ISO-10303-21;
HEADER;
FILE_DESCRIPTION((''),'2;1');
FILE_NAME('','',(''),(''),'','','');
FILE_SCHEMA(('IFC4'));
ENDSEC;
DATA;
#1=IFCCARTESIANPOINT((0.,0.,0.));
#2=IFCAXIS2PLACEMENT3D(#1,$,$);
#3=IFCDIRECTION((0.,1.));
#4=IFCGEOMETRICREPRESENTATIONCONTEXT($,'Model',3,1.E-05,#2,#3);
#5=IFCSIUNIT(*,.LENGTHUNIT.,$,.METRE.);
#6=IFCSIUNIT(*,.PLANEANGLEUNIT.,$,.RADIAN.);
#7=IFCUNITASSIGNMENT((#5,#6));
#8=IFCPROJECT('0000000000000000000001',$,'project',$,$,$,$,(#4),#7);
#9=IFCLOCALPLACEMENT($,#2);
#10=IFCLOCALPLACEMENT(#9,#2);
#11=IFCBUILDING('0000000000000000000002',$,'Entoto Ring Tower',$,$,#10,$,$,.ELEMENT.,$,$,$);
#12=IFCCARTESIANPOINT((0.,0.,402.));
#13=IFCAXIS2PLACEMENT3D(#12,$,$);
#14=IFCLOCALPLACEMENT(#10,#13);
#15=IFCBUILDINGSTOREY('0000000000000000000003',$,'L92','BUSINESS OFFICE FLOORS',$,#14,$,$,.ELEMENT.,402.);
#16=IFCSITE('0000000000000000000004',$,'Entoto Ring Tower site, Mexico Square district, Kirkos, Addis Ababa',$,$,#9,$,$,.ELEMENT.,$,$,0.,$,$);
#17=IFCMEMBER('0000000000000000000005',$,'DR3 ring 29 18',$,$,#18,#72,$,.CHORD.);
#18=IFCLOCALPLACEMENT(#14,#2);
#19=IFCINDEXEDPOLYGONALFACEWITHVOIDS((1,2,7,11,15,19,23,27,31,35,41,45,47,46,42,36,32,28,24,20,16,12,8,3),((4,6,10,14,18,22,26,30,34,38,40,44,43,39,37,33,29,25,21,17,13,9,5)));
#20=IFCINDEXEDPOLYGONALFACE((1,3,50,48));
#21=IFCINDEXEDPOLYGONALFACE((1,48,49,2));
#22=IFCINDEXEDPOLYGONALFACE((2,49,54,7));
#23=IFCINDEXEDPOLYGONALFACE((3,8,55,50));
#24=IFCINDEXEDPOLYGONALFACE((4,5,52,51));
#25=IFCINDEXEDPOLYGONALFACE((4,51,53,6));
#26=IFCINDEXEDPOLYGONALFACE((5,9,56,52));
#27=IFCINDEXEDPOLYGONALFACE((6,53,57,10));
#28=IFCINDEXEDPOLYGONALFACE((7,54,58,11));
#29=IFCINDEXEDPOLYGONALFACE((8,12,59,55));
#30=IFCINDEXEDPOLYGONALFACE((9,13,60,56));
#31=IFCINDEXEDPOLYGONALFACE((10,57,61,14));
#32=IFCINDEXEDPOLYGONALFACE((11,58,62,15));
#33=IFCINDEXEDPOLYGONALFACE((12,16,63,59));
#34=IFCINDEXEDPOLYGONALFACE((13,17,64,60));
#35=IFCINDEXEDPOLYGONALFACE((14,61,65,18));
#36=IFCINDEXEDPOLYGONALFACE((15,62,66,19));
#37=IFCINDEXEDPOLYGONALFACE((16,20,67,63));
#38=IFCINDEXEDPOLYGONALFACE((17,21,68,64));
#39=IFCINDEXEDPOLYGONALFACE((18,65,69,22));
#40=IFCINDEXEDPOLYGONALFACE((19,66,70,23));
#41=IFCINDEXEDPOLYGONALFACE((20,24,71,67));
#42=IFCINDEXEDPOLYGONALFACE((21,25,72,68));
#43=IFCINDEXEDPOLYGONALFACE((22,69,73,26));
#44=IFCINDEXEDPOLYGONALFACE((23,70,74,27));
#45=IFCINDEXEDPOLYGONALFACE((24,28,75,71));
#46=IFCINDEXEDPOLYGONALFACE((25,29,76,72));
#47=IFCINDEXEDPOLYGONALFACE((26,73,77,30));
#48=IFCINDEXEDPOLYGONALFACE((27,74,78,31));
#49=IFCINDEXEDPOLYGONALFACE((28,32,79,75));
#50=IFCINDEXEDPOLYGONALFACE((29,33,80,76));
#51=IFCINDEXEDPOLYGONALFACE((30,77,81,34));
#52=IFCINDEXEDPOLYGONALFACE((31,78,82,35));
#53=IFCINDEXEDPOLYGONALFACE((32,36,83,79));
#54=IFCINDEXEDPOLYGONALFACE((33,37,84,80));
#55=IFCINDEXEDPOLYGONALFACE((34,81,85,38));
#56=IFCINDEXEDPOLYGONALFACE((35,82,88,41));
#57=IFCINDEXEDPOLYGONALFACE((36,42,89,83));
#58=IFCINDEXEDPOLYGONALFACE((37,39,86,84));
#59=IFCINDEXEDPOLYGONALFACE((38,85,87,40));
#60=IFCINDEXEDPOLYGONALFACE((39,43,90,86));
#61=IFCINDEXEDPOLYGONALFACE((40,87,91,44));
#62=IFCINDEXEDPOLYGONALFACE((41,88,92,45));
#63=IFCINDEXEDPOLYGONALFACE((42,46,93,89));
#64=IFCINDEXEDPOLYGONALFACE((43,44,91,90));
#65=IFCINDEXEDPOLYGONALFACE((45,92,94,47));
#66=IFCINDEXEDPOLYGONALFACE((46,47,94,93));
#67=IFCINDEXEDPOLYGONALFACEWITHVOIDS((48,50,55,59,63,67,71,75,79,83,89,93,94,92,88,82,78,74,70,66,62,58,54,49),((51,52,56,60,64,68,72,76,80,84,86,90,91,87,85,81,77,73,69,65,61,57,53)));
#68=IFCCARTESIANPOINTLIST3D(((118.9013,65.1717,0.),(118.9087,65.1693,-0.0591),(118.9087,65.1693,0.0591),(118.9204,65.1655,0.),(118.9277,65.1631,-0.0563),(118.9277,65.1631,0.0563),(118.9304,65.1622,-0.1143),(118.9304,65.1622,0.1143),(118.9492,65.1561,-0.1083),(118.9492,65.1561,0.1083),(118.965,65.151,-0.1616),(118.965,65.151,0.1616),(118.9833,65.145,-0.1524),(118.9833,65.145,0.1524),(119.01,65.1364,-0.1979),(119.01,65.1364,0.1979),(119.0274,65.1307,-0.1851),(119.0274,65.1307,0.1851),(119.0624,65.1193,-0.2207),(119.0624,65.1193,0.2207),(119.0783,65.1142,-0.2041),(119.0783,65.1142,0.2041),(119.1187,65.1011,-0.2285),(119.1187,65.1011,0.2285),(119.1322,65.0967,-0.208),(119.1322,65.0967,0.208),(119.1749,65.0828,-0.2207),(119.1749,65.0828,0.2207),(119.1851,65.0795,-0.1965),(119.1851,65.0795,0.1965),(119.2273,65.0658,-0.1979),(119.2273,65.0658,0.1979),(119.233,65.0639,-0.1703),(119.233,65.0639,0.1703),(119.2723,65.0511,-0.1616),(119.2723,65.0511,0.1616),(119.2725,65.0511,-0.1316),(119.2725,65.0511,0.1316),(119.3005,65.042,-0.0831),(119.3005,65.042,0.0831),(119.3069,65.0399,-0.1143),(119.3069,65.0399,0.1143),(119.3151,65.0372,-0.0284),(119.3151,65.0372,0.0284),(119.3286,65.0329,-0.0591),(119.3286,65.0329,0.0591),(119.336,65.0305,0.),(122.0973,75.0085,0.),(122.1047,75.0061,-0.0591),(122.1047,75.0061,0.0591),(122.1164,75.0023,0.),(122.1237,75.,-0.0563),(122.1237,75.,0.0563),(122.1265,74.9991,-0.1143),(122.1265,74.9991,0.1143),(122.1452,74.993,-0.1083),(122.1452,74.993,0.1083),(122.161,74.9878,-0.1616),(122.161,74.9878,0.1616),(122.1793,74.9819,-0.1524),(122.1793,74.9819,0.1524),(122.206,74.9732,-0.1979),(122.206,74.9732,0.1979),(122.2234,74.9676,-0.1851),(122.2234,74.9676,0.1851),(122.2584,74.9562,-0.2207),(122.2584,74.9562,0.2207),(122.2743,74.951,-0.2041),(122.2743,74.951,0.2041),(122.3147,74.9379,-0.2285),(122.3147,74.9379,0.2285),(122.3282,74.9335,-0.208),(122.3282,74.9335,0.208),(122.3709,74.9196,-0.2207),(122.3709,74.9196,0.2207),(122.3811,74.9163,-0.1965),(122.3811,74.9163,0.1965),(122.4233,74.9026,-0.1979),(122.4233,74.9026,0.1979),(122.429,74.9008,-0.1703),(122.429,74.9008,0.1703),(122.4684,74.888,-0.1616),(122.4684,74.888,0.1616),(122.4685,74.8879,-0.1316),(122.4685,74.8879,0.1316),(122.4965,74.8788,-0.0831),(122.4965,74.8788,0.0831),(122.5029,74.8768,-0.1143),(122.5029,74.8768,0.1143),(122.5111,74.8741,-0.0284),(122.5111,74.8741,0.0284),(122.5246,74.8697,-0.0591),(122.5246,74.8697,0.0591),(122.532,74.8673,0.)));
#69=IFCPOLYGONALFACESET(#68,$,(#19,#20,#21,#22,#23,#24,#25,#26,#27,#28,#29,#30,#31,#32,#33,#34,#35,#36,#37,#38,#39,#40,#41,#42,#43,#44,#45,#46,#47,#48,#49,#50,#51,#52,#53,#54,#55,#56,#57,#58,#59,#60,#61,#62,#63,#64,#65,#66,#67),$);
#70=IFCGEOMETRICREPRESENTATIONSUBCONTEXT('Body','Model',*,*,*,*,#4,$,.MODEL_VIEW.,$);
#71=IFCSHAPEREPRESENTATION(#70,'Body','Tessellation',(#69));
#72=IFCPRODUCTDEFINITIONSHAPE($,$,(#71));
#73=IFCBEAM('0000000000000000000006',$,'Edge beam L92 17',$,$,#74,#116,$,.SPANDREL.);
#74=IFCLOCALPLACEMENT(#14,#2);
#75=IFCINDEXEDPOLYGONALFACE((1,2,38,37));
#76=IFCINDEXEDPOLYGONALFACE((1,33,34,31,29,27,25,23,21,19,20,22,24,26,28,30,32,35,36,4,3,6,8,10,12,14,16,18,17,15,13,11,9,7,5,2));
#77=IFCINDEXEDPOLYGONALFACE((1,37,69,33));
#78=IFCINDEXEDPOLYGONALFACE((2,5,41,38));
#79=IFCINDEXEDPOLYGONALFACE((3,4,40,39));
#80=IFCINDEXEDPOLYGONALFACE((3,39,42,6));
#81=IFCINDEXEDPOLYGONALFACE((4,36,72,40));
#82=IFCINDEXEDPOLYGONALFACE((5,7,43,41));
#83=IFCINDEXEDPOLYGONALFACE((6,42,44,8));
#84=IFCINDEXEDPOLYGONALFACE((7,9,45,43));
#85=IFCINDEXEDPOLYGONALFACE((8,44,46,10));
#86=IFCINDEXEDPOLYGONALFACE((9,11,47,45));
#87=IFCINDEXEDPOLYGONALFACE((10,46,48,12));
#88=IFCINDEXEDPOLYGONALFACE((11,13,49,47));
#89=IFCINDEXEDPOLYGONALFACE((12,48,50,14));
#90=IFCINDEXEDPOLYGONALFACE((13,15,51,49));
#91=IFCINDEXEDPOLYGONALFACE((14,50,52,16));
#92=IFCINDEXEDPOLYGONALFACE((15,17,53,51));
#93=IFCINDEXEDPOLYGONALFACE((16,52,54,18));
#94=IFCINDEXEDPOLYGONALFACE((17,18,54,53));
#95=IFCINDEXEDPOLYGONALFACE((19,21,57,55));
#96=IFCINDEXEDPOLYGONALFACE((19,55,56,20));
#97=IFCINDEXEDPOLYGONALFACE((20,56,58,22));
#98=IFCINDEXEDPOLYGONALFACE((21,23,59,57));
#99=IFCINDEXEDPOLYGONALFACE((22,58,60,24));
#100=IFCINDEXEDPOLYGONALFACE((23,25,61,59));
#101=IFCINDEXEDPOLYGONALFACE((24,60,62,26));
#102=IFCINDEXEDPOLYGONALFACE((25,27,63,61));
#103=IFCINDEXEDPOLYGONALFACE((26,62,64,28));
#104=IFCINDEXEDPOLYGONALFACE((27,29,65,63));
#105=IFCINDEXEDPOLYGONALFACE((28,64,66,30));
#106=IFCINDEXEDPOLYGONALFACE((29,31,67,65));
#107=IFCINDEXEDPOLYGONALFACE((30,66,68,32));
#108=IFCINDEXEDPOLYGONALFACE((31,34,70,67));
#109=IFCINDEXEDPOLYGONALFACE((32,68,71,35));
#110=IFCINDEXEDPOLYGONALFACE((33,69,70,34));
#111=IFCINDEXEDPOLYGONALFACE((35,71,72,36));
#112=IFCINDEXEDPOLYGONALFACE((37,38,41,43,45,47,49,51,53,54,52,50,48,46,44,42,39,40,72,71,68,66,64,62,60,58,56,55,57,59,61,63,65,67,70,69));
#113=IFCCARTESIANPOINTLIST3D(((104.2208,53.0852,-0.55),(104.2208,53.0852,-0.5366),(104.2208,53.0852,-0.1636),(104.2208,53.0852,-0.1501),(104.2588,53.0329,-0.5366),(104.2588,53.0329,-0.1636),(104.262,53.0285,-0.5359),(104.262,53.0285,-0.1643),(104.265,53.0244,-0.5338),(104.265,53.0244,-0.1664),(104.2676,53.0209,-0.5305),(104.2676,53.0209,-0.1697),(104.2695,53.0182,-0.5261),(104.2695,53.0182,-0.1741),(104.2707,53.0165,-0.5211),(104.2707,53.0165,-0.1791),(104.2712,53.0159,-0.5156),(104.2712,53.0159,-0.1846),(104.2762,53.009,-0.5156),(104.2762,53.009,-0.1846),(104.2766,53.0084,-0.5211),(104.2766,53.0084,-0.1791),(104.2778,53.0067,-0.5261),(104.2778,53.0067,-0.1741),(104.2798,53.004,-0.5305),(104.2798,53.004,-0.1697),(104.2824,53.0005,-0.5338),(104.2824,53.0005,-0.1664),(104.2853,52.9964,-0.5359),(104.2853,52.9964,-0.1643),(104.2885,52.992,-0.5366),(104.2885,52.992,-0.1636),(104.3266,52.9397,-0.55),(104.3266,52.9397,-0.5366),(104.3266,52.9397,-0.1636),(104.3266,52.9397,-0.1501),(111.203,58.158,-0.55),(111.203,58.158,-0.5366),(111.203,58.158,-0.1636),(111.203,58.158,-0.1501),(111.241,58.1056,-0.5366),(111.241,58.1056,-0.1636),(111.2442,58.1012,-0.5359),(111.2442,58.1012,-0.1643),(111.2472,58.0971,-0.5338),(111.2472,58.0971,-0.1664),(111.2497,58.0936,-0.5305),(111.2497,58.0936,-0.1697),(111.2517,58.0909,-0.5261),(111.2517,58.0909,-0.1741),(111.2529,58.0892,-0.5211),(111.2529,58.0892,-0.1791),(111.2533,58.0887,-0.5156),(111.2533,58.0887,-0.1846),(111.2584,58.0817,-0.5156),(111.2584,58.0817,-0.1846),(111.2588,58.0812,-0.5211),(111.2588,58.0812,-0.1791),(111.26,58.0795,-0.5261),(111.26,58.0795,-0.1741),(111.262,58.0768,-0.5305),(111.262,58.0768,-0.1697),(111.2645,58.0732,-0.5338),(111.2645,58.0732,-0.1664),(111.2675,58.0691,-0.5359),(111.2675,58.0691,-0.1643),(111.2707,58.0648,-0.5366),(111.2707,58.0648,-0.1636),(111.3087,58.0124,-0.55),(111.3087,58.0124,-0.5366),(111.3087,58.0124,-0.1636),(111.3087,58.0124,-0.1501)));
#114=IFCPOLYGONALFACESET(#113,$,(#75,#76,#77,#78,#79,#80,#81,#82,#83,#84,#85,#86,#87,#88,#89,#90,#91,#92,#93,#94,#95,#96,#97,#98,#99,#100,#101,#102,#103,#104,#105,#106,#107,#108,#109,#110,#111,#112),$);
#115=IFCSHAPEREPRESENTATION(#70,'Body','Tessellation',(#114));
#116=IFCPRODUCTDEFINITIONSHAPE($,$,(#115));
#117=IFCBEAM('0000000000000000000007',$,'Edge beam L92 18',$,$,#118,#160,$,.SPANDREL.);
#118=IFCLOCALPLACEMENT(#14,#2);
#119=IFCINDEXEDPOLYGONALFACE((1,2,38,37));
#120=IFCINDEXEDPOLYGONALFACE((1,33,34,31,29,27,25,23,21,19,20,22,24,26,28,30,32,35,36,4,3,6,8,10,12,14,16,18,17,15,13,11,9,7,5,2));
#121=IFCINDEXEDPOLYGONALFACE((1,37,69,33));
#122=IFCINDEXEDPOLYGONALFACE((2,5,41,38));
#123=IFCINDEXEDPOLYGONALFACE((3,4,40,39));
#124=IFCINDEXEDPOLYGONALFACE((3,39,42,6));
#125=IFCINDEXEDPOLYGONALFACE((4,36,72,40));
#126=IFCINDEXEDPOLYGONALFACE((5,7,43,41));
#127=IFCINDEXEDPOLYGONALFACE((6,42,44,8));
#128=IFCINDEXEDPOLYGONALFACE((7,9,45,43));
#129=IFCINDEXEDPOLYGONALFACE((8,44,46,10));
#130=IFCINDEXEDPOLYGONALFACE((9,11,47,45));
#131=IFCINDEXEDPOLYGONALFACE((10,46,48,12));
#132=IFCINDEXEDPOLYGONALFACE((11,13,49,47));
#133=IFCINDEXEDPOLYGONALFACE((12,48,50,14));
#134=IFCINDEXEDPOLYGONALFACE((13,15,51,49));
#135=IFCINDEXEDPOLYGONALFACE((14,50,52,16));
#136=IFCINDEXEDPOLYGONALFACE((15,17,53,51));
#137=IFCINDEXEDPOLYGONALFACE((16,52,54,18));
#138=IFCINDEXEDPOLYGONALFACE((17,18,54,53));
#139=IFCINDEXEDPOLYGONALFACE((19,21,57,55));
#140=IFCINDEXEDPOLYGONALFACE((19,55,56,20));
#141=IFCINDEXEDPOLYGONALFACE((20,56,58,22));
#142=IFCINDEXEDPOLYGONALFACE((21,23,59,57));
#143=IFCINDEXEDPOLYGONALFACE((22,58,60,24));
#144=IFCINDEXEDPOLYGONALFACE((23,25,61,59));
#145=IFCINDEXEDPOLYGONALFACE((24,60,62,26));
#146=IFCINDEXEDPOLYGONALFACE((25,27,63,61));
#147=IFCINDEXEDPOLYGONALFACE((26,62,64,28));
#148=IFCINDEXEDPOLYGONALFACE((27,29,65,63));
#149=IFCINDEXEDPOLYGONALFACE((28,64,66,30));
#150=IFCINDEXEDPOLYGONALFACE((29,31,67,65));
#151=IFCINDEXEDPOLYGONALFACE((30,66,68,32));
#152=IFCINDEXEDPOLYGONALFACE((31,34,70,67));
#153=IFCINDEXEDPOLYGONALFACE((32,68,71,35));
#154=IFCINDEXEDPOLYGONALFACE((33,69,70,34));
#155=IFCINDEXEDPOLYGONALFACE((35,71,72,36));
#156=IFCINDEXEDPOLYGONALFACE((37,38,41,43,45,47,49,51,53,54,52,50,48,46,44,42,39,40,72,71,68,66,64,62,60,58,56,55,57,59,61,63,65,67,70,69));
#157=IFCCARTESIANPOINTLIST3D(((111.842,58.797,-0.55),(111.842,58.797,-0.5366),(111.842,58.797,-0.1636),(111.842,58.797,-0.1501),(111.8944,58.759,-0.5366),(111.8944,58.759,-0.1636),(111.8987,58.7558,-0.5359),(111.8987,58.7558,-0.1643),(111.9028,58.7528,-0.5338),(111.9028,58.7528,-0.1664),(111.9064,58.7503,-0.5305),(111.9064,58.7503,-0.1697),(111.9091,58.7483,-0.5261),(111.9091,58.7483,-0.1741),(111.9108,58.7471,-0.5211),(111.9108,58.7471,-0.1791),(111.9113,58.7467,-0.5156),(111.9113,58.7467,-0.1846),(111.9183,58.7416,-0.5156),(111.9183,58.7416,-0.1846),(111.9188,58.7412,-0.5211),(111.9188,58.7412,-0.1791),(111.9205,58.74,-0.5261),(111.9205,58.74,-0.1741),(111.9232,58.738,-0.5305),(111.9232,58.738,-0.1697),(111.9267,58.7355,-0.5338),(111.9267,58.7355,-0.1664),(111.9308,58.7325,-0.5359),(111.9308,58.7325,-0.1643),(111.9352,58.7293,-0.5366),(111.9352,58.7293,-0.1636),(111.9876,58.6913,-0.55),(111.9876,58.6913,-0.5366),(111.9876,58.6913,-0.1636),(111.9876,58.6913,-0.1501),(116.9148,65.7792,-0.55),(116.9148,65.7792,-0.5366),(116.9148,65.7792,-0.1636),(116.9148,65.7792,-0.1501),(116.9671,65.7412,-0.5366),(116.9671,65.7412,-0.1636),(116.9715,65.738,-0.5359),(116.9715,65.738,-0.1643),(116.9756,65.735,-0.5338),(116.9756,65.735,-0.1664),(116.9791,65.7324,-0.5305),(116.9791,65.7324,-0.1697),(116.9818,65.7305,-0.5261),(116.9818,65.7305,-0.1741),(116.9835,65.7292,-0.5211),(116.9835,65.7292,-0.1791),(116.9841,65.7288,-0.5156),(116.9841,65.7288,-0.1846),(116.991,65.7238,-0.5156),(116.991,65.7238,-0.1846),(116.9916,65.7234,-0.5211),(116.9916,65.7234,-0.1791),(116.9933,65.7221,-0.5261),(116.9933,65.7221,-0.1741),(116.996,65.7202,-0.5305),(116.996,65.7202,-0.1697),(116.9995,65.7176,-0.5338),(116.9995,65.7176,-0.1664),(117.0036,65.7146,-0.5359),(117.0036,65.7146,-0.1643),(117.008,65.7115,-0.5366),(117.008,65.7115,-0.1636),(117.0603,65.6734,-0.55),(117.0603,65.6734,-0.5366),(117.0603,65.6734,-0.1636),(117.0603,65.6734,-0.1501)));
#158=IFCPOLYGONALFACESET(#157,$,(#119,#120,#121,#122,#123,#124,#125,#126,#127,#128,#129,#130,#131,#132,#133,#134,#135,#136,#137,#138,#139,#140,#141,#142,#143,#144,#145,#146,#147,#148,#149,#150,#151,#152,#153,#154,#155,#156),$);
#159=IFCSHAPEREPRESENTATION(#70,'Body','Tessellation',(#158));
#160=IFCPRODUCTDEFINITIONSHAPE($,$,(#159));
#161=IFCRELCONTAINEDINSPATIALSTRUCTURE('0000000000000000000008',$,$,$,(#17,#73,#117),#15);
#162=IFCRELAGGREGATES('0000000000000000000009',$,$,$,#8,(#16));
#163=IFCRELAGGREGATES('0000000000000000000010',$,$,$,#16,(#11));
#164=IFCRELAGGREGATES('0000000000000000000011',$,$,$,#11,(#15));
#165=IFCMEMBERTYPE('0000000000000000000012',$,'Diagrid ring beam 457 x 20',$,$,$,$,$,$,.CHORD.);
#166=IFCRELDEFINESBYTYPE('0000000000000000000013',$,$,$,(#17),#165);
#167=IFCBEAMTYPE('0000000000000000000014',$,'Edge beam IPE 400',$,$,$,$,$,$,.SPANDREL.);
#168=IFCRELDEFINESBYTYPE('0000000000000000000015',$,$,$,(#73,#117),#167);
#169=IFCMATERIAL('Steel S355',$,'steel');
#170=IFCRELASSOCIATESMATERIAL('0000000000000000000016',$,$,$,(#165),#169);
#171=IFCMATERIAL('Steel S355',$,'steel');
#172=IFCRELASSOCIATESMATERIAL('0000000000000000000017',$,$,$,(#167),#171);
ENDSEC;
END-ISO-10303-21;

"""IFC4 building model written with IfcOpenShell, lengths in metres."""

from ifc_helpers import new_model, si_unit, direction, frame, origin, origin_2d, place, context, subcontext, project, spatial, circle, hollow_circle, i_section, extrude, material, material_profile, profile_set, type_object, element, save


model = new_model("IFC4")

# Units and contexts
model_context = context("Model", 3, precision=1e-05, world=origin(), true_north=direction((0.0, 1.0)))
body_context = subcontext(model_context, "Body", "Model", "MODEL_VIEW")
ifc_project = project(units=[si_unit("LENGTHUNIT", "METRE"), si_unit("PLANEANGLEUNIT", "RADIAN")], contexts=[model_context])

# Site, building, storey
site_placement = place(None, origin())
site = spatial("IfcSite", under=ifc_project, at=site_placement, Name="Entoto Ring Tower site, Mexico Square district, Kirkos, Addis Ababa", CompositionType="ELEMENT", RefElevation=0.0)
building_placement = place(site_placement, origin())
building = spatial("IfcBuilding", under=site, at=building_placement, Name="Entoto Ring Tower", CompositionType="ELEMENT")
storey_placement = place(building_placement, frame((0.0, 0.0, 402.0)))
storey = spatial("IfcBuildingStorey", under=building, at=storey_placement, Name="L92", Description="BUSINESS OFFICE FLOORS", CompositionType="ELEMENT", Elevation=402.0)

# Member
ifc_material_1 = material(Name="Steel S355", Category="steel")
ifc_material_profile_1 = material_profile(ifc_material_1, hollow_circle(Radius=0.2285, WallThickness=0.02, at=origin_2d()), Name="CHS 457 x 20")
ifc_material_2 = material(Name="Concrete C60/75", Category="concrete")
ifc_material_profile_2 = material_profile(ifc_material_2, circle(Radius=0.2085, at=origin_2d()), Name="Concrete C60/75 infill")
ifc_profile_set_1 = profile_set([ifc_material_profile_1, ifc_material_profile_2], Name="Steel S355")
member_type_1 = type_object("IfcMemberType", Name="Diagrid ring beam 457 x 20", PredefinedType="CHORD", material=ifc_profile_set_1)
member_placement = place(storey_placement, frame((119.1187, 65.1011, 0.0), z_axis=(0.309003, 0.951061, 0.0), x_axis=(-0.951061, 0.309003, 0.0)))
element("IfcMember", 1, at=member_placement, inside=storey, type_object=member_type_1, Name="DR3 ring 29 18", PredefinedType="CHORD", context=body_context, shape_type="SweptSolid", body=[
    extrude(hollow_circle(Radius=0.2285, WallThickness=0.02, at=origin_2d()), origin(), (0.0, 0.0, 1.0), 10.343),
])

# Beams
ifc_material_3 = material(Name="Steel S355", Category="steel")
ifc_material_profile_3 = material_profile(ifc_material_3, i_section(OverallWidth=0.1799, OverallDepth=0.3999, WebThickness=0.0085, FlangeThickness=0.0134, FilletRadius=0.021, at=origin_2d()), Name="IPE 400")
ifc_profile_set_2 = profile_set([ifc_material_profile_3], Name="Steel S355")
beam_type_1 = type_object("IfcBeamType", Name="Edge beam IPE 400", PredefinedType="SPANDREL", material=ifc_profile_set_2)
for number, where, z_axis, x_axis, name in (
    (2, (104.2737, 53.0125, -0.3501), (0.809022, 0.587778, 0.0), (-0.587778, 0.809022, 0.0), "Edge beam L92 17"),
    (3, (111.9148, 58.7441, -0.3501), (0.587778, 0.809022, 0.0), (-0.809022, 0.587778, 0.0), "Edge beam L92 18"),
):
    element("IfcBeam", number, at=place(storey_placement, frame(where, z_axis=z_axis, x_axis=x_axis)), inside=storey, type_object=beam_type_1, Name=name, PredefinedType="SPANDREL", context=body_context, shape_type="SweptSolid", body=[
        extrude(i_section(OverallWidth=0.1799, OverallDepth=0.3999, WebThickness=0.0085, FlangeThickness=0.0134, FilletRadius=0.021, at=origin_2d()), origin(), (0.0, 0.0, 1.0), 8.6304),
    ])

save(model, "model.ifc")
